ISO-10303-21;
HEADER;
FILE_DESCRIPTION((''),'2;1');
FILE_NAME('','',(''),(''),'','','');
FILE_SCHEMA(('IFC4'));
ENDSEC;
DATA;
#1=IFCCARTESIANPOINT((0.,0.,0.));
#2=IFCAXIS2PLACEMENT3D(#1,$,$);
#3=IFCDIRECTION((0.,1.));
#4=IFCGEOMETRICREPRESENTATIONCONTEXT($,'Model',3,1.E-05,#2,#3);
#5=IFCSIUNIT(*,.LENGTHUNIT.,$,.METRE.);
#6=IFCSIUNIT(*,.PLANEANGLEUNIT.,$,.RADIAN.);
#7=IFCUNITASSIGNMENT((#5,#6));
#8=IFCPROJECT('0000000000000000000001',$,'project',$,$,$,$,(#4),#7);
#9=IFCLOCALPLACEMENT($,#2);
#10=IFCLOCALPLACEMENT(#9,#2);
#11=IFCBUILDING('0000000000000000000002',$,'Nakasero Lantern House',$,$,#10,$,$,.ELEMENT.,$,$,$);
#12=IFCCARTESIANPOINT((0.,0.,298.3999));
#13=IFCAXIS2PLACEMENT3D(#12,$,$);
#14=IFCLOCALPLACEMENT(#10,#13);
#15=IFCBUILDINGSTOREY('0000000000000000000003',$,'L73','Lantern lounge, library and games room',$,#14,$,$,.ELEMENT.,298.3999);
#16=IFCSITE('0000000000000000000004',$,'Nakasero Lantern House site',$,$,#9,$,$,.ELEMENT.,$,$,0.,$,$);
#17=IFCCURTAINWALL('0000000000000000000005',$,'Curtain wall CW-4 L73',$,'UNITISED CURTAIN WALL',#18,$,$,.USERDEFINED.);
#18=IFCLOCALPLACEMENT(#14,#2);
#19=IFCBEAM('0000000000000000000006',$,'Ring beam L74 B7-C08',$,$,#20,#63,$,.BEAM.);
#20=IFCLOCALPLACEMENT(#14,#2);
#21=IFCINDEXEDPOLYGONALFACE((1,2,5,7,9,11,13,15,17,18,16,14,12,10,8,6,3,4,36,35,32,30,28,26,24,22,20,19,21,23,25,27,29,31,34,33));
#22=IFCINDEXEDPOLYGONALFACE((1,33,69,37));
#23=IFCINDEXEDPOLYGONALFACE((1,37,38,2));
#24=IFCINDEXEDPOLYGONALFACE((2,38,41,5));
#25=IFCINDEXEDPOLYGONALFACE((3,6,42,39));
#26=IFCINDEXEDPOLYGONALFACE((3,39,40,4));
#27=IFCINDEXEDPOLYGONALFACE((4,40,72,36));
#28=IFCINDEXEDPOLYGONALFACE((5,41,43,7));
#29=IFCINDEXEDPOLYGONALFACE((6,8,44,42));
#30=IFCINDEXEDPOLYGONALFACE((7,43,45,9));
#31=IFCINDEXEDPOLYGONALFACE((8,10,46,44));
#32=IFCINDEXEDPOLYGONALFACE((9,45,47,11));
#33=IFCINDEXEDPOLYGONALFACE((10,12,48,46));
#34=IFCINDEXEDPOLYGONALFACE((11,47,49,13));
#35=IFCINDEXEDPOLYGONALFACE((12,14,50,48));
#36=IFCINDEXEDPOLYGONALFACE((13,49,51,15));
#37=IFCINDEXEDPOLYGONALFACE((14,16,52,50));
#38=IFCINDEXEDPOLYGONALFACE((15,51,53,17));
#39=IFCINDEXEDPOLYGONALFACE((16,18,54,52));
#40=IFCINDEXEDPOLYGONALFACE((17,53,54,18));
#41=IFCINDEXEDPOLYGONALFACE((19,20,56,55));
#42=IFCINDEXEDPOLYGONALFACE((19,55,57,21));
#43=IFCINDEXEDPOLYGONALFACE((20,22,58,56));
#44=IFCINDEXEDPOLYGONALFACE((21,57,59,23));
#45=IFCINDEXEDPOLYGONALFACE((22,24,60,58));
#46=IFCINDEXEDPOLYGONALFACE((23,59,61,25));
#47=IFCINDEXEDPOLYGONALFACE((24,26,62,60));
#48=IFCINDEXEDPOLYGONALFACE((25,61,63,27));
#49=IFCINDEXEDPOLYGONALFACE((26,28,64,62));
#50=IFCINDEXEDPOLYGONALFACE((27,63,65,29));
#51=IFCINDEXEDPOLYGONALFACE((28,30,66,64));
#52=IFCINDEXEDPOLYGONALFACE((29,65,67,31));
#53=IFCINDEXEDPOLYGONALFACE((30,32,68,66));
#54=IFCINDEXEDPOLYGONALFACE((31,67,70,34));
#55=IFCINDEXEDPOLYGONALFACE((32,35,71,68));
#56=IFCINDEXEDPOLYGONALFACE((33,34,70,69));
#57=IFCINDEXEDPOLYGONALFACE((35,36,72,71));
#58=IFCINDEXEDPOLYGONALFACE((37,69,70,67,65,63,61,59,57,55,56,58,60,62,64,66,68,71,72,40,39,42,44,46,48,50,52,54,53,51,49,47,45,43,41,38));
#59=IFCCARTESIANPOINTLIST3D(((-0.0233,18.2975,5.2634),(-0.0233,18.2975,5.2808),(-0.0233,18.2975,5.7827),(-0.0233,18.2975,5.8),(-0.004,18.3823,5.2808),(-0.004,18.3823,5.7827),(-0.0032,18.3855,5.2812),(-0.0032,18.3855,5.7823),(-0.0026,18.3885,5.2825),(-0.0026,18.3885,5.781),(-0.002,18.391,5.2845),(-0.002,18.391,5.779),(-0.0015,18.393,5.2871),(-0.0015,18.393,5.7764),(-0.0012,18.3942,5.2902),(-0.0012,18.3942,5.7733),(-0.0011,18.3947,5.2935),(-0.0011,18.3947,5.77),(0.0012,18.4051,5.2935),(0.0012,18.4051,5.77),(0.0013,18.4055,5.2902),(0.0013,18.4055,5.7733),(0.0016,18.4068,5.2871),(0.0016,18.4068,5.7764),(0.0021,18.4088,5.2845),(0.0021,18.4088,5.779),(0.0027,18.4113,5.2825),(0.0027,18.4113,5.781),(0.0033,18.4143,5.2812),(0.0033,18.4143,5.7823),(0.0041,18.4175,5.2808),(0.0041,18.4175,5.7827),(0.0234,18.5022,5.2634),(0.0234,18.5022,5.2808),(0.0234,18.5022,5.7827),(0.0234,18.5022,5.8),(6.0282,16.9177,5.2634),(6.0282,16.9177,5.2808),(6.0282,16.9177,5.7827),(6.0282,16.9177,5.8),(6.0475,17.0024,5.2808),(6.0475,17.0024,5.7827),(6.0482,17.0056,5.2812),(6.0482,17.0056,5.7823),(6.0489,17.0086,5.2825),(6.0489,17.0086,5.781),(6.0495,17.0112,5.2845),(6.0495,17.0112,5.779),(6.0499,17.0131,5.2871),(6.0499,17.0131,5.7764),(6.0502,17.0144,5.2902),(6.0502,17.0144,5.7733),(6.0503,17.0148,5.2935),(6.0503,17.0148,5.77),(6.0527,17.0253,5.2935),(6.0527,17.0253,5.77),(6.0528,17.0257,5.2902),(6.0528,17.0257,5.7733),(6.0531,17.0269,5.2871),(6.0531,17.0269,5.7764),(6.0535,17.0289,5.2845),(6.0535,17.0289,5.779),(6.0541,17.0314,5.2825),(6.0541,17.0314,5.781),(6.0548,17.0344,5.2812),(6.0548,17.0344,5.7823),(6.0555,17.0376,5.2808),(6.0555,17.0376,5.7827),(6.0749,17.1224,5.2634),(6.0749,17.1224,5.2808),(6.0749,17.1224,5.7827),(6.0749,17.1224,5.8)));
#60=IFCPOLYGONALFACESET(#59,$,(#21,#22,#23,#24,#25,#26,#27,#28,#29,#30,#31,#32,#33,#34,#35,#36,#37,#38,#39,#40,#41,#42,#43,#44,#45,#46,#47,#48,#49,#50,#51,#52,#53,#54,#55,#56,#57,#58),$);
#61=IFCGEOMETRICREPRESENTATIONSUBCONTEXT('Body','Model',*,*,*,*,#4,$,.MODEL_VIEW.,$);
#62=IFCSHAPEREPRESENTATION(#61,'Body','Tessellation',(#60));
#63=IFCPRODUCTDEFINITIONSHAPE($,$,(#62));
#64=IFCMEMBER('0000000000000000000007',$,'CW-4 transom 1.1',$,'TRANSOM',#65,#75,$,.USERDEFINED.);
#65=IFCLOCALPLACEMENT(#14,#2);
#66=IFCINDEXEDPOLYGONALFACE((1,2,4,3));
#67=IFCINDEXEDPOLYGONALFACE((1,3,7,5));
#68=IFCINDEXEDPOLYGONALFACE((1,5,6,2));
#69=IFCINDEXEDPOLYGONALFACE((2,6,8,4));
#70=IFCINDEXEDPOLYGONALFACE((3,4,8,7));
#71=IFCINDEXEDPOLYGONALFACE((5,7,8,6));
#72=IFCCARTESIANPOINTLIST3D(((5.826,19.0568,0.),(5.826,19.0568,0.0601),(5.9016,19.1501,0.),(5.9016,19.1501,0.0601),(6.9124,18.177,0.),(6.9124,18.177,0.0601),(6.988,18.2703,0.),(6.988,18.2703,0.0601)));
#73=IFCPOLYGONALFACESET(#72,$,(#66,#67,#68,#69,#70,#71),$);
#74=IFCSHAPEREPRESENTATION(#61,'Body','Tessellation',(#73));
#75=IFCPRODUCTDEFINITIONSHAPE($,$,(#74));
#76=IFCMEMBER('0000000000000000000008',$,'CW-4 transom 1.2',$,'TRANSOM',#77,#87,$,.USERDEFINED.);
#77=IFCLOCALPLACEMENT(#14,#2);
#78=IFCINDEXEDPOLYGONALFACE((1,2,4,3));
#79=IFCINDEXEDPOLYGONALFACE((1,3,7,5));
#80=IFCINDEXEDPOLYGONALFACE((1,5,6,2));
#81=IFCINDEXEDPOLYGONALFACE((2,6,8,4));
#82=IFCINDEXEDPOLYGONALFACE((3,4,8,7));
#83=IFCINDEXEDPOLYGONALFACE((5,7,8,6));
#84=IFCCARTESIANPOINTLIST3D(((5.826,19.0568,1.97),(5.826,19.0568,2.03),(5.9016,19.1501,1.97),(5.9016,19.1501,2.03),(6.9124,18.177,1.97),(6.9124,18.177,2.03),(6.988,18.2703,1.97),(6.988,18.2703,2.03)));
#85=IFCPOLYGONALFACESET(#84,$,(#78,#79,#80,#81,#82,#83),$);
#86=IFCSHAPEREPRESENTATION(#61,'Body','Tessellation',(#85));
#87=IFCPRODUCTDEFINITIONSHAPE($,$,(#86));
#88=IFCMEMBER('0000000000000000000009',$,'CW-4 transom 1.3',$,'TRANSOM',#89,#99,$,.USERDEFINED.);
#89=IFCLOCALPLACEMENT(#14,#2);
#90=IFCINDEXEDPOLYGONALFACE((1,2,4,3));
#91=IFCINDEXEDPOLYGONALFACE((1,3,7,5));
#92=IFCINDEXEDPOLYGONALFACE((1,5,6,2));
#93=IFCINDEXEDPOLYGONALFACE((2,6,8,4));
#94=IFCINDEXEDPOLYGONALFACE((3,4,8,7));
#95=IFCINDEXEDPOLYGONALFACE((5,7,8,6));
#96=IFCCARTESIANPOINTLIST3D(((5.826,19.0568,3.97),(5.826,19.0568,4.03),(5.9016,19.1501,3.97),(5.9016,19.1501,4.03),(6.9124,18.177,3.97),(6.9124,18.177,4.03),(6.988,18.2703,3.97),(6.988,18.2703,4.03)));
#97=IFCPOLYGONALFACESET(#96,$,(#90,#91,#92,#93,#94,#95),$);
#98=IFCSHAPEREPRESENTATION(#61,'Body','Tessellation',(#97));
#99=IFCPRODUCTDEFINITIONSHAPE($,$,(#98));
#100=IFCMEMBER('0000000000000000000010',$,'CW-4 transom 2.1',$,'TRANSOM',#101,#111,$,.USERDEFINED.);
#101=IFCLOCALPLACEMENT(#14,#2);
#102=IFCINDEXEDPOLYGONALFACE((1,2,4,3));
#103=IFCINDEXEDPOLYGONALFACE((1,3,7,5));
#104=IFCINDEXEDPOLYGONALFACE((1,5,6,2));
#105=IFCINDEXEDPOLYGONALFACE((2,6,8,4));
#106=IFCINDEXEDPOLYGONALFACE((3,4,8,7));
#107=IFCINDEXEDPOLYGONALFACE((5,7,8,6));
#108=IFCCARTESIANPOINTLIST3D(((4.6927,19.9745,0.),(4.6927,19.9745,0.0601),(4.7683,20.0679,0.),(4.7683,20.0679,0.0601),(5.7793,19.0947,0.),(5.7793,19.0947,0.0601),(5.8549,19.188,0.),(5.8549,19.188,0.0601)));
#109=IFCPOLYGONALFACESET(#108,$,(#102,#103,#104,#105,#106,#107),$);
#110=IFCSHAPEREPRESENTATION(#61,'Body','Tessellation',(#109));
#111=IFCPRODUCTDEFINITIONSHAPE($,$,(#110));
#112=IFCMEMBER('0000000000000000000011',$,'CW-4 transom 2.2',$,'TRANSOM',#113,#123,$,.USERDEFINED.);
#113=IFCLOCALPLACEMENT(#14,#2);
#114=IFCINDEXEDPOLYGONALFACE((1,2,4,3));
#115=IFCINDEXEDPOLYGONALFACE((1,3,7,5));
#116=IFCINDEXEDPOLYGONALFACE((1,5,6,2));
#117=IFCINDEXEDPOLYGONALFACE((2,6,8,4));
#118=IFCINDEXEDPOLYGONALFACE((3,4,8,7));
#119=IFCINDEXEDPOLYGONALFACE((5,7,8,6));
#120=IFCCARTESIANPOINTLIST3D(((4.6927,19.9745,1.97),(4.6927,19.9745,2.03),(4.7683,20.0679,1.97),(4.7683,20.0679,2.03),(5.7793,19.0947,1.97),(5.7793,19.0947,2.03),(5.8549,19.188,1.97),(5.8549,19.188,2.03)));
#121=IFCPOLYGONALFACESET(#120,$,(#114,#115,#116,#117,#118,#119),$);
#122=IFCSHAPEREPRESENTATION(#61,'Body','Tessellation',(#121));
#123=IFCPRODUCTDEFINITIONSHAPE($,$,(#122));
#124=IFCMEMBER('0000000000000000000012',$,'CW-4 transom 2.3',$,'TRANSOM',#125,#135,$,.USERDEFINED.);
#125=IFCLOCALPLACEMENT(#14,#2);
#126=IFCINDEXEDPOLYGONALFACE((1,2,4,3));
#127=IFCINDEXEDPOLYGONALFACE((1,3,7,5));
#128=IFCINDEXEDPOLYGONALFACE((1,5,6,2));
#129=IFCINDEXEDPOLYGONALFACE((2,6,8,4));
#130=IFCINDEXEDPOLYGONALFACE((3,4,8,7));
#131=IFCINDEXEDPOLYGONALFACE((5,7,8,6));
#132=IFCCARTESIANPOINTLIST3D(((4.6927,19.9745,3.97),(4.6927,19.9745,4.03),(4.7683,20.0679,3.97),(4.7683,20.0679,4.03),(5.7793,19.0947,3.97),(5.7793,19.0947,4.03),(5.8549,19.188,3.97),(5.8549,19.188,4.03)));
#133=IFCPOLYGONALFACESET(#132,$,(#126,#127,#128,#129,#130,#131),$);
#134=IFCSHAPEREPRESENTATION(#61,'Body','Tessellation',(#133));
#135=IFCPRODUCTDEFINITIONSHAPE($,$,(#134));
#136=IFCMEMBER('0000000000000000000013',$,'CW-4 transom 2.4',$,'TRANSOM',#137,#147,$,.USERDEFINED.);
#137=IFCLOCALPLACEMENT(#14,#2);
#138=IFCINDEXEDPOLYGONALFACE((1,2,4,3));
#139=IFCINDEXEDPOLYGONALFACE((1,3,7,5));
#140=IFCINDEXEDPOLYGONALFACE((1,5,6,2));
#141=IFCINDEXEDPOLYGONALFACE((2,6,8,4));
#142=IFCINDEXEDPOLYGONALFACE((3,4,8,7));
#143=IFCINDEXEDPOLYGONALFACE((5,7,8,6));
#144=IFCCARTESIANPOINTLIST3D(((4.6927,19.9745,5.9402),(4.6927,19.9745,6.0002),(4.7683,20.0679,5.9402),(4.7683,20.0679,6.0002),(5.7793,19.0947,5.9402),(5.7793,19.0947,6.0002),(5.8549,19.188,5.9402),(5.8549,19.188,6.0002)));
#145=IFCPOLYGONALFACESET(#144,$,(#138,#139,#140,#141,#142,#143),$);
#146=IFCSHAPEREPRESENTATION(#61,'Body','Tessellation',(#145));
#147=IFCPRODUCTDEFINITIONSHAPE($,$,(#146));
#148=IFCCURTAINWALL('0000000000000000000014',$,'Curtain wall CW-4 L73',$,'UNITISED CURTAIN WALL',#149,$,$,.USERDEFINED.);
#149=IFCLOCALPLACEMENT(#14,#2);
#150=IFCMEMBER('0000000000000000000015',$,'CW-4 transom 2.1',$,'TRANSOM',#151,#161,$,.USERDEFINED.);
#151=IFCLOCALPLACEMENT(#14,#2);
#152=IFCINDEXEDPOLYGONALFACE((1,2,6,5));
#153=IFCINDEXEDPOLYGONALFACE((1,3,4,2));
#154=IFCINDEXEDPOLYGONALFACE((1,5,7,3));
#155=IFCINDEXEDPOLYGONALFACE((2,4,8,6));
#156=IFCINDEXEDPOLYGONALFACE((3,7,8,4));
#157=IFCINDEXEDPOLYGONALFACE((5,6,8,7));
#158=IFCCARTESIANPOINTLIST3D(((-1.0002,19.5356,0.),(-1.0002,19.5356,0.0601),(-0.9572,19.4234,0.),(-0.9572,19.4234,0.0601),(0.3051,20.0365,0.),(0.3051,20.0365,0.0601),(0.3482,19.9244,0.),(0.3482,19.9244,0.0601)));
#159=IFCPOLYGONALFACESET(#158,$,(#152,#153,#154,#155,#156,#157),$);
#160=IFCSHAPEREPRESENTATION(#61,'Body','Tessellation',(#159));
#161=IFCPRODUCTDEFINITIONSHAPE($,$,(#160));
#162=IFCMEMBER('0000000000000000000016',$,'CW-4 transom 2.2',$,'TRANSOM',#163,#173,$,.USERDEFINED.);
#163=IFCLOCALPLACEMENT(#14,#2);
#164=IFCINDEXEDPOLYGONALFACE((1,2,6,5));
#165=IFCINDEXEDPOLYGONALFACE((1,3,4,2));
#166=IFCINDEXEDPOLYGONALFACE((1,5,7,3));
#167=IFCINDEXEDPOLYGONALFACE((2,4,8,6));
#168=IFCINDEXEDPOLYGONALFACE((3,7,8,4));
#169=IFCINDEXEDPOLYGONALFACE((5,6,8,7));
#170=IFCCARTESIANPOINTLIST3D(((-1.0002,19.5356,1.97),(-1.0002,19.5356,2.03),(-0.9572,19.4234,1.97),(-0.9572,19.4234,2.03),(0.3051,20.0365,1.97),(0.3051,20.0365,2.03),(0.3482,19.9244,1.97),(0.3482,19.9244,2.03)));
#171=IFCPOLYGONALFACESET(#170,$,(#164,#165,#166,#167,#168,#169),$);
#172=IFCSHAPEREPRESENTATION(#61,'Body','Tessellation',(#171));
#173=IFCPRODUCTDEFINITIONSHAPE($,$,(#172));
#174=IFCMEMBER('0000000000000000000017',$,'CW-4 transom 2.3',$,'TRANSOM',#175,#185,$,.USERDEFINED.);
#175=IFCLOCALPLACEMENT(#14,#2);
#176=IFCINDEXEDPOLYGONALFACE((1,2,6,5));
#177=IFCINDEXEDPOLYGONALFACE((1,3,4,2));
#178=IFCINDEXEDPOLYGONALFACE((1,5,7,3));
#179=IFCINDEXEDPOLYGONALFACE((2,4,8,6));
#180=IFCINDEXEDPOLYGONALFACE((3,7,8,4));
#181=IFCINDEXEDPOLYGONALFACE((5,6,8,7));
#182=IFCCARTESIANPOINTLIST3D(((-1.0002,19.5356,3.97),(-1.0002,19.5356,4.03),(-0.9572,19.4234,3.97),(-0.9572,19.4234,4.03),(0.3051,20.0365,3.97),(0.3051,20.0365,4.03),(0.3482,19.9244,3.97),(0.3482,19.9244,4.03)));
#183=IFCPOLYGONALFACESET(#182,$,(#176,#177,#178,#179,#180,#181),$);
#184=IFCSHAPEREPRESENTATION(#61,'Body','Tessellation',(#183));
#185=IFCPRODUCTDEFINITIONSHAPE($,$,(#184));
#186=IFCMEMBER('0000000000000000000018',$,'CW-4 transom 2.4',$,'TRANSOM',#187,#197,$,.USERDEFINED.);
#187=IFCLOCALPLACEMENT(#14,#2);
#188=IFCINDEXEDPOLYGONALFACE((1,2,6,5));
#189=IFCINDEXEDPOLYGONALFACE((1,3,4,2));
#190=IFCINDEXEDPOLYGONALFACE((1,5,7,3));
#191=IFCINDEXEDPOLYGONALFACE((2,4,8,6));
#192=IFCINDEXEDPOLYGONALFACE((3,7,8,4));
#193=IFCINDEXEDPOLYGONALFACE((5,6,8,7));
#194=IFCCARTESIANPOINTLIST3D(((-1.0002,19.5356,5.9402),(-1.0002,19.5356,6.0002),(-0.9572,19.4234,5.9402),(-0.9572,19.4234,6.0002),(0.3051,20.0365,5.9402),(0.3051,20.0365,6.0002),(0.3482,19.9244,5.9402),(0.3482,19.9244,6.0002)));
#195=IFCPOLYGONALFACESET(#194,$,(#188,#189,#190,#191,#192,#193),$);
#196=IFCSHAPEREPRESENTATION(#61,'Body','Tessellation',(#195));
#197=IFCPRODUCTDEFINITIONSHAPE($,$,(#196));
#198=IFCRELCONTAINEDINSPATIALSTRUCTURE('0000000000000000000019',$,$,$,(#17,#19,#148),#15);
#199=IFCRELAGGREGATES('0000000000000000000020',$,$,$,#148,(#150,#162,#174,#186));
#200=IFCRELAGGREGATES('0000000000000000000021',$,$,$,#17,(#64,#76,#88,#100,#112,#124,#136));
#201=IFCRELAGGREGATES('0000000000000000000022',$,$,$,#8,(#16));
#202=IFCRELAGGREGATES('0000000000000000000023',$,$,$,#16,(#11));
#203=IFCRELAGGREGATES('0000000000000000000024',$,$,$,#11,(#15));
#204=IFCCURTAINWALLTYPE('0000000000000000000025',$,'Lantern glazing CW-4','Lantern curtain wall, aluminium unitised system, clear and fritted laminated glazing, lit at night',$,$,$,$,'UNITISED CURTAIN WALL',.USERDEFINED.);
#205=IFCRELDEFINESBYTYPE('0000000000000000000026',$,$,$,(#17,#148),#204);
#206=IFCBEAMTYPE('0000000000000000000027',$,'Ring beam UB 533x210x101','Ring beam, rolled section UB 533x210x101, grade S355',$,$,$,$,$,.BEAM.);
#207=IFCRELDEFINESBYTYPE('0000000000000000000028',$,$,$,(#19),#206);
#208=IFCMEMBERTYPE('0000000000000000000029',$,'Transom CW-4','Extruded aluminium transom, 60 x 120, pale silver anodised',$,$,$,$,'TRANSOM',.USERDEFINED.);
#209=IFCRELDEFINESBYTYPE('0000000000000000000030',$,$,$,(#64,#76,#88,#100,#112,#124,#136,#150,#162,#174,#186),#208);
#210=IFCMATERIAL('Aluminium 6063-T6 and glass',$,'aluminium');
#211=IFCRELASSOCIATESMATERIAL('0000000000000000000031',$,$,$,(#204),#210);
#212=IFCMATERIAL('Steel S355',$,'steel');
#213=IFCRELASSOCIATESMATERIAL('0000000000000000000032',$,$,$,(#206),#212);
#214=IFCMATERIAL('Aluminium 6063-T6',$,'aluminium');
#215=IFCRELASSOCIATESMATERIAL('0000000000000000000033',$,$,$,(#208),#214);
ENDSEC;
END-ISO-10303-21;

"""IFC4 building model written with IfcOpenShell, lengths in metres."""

from ifc_helpers import new_model, si_unit, direction, frame, origin, origin_2d, place, context, subcontext, project, spatial, rectangle, i_section, extrude, material, material_profile, profile_set, type_object, element, aggregate, save


model = new_model("IFC4")

# Units and contexts
model_context = context("Model", 3, precision=1e-05, world=origin(), true_north=direction((0.0, 1.0)))
body_context = subcontext(model_context, "Body", "Model", "MODEL_VIEW")
ifc_project = project(units=[si_unit("LENGTHUNIT", "METRE"), si_unit("PLANEANGLEUNIT", "RADIAN")], contexts=[model_context])

# Site, building, storey
site_placement = place(None, origin())
site = spatial("IfcSite", under=ifc_project, at=site_placement, Name="Nakasero Lantern House site", CompositionType="ELEMENT", RefElevation=0.0)
building_placement = place(site_placement, origin())
building = spatial("IfcBuilding", under=site, at=building_placement, Name="Nakasero Lantern House", CompositionType="ELEMENT")
storey_placement = place(building_placement, frame((0.0, 0.0, 298.3999)))
storey = spatial("IfcBuildingStorey", under=building, at=storey_placement, Name="L73", Description="Lantern lounge, library and games room", CompositionType="ELEMENT", Elevation=298.3999)

# Curtain wall
ifc_material_1 = material(Name="Aluminium 6063-T6 and glass", Category="aluminium")
curtain_wall_type = type_object("IfcCurtainWallType", Name="Lantern glazing CW-4", Description="Lantern curtain wall, aluminium unitised system, clear and fritted laminated glazing, lit at night", ElementType="UNITISED CURTAIN WALL", PredefinedType="USERDEFINED", material=ifc_material_1)
curtain_wall_1_placement = place(storey_placement, origin())
curtain_wall_1 = element("IfcCurtainWall", 1, at=curtain_wall_1_placement, inside=storey, type_object=curtain_wall_type, Name="Curtain wall CW-4 L73", ObjectType="UNITISED CURTAIN WALL", PredefinedType="USERDEFINED")

# Beam
ifc_material_2 = material(Name="Steel S355", Category="steel")
ifc_material_profile_1 = material_profile(ifc_material_2, i_section(OverallWidth=0.21, OverallDepth=0.5366, WebThickness=0.0107, FlangeThickness=0.0173, FilletRadius=0.0127, at=origin_2d()), Name="UB 533x210x101")
ifc_profile_set_1 = profile_set([ifc_material_profile_1], Name="Steel S355")
beam_type_1 = type_object("IfcBeamType", Name="Ring beam UB 533x210x101", Description="Ring beam, rolled section UB 533x210x101, grade S355", PredefinedType="BEAM", material=ifc_profile_set_1)
beam_1_placement = place(storey_placement, frame((6.0515, 17.02, 5.5317), z_axis=(-0.974975, 0.222316, 0.0), x_axis=(-0.222316, -0.974975, 0.0)))
element("IfcBeam", 2, at=beam_1_placement, inside=storey, type_object=beam_type_1, Name="Ring beam L74 B7-C08", PredefinedType="BEAM", context=body_context, shape_type="SweptSolid", body=[
    extrude(i_section(OverallWidth=0.21, OverallDepth=0.5366, WebThickness=0.0107, FlangeThickness=0.0173, FilletRadius=0.0127, at=origin_2d()), origin(), (0.0, 0.0, 1.0), 6.2068),
])

# Members
ifc_material_3 = material(Name="Aluminium 6063-T6", Category="aluminium")
ifc_material_profile_2 = material_profile(ifc_material_3, rectangle(XDim=0.0601, YDim=0.1201, at=origin_2d()), Name="CW-4 transom 60x120")
ifc_profile_set_2 = profile_set([ifc_material_profile_2], Name="Aluminium 6063-T6")
member_type_1 = type_object("IfcMemberType", Name="Transom CW-4", Description="Extruded aluminium transom, 60 x 120, pale silver anodised", ElementType="TRANSOM", PredefinedType="USERDEFINED", material=ifc_profile_set_2)
member_1_placement = place(storey_placement, frame((6.9502, 18.2236, 0.03), z_axis=(-0.777107, 0.629369, 0.0), x_axis=(0.0, 0.0, 1.0)))
member_1 = element("IfcMember", 3, at=member_1_placement, type_object=member_type_1, Name="CW-4 transom 1.1", ObjectType="TRANSOM", PredefinedType="USERDEFINED", context=body_context, shape_type="SweptSolid", body=[
    extrude(rectangle(XDim=0.0601, YDim=0.1201, at=origin_2d()), origin(), (0.0, 0.0, 1.0), 1.3979),
])
member_2_placement = place(storey_placement, frame((6.9502, 18.2236, 2.0), z_axis=(-0.777107, 0.629369, 0.0), x_axis=(0.0, 0.0, 1.0)))
member_2 = element("IfcMember", 4, at=member_2_placement, type_object=member_type_1, Name="CW-4 transom 1.2", ObjectType="TRANSOM", PredefinedType="USERDEFINED", context=body_context, shape_type="SweptSolid", body=[
    extrude(rectangle(XDim=0.0601, YDim=0.1201, at=origin_2d()), origin(), (0.0, 0.0, 1.0), 1.3979),
])
member_3_placement = place(storey_placement, frame((6.9502, 18.2236, 4.0), z_axis=(-0.777107, 0.629369, 0.0), x_axis=(0.0, 0.0, 1.0)))
member_3 = element("IfcMember", 5, at=member_3_placement, type_object=member_type_1, Name="CW-4 transom 1.3", ObjectType="TRANSOM", PredefinedType="USERDEFINED", context=body_context, shape_type="SweptSolid", body=[
    extrude(rectangle(XDim=0.0601, YDim=0.1201, at=origin_2d()), origin(), (0.0, 0.0, 1.0), 1.3979),
])
member_4_placement = place(storey_placement, frame((5.8171, 19.1414, 0.03), z_axis=(-0.777176, 0.629284, 0.0), x_axis=(0.0, 0.0, 1.0)))
member_4 = element("IfcMember", 6, at=member_4_placement, type_object=member_type_1, Name="CW-4 transom 2.1", ObjectType="TRANSOM", PredefinedType="USERDEFINED", context=body_context, shape_type="SweptSolid", body=[
    extrude(rectangle(XDim=0.0601, YDim=0.1201, at=origin_2d()), origin(), (0.0, 0.0, 1.0), 1.3982),
])
member_5_placement = place(storey_placement, frame((5.8171, 19.1414, 2.0), z_axis=(-0.777176, 0.629284, 0.0), x_axis=(0.0, 0.0, 1.0)))
member_5 = element("IfcMember", 7, at=member_5_placement, type_object=member_type_1, Name="CW-4 transom 2.2", ObjectType="TRANSOM", PredefinedType="USERDEFINED", context=body_context, shape_type="SweptSolid", body=[
    extrude(rectangle(XDim=0.0601, YDim=0.1201, at=origin_2d()), origin(), (0.0, 0.0, 1.0), 1.3982),
])
member_6_placement = place(storey_placement, frame((5.8171, 19.1414, 4.0), z_axis=(-0.777176, 0.629284, 0.0), x_axis=(0.0, 0.0, 1.0)))
member_6 = element("IfcMember", 8, at=member_6_placement, type_object=member_type_1, Name="CW-4 transom 2.3", ObjectType="TRANSOM", PredefinedType="USERDEFINED", context=body_context, shape_type="SweptSolid", body=[
    extrude(rectangle(XDim=0.0601, YDim=0.1201, at=origin_2d()), origin(), (0.0, 0.0, 1.0), 1.3982),
])
member_7_placement = place(storey_placement, frame((5.8171, 19.1414, 5.9702), z_axis=(-0.777176, 0.629284, 0.0), x_axis=(0.0, 0.0, 1.0)))
member_7 = element("IfcMember", 9, at=member_7_placement, type_object=member_type_1, Name="CW-4 transom 2.4", ObjectType="TRANSOM", PredefinedType="USERDEFINED", context=body_context, shape_type="SweptSolid", body=[
    extrude(rectangle(XDim=0.0601, YDim=0.1201, at=origin_2d()), origin(), (0.0, 0.0, 1.0), 1.3982),
])

# Curtain wall, members
curtain_wall_2_placement = place(storey_placement, origin())
curtain_wall_2 = element("IfcCurtainWall", 10, at=curtain_wall_2_placement, inside=storey, type_object=curtain_wall_type, Name="Curtain wall CW-4 L73", ObjectType="UNITISED CURTAIN WALL", PredefinedType="USERDEFINED")
member_8_placement = place(storey_placement, frame((0.3267, 19.9805, 0.03), z_axis=(-0.933611, -0.358289, 0.0), x_axis=(0.0, 0.0, 1.0)))
member_8 = element("IfcMember", 11, at=member_8_placement, type_object=member_type_1, Name="CW-4 transom 2.1", ObjectType="TRANSOM", PredefinedType="USERDEFINED", context=body_context, shape_type="SweptSolid", body=[
    extrude(rectangle(XDim=0.0601, YDim=0.1201, at=origin_2d()), origin(), (0.0, 0.0, 1.0), 1.3982),
])
member_9_placement = place(storey_placement, frame((0.3267, 19.9805, 2.0), z_axis=(-0.933611, -0.358289, 0.0), x_axis=(0.0, 0.0, 1.0)))
member_9 = element("IfcMember", 12, at=member_9_placement, type_object=member_type_1, Name="CW-4 transom 2.2", ObjectType="TRANSOM", PredefinedType="USERDEFINED", context=body_context, shape_type="SweptSolid", body=[
    extrude(rectangle(XDim=0.0601, YDim=0.1201, at=origin_2d()), origin(), (0.0, 0.0, 1.0), 1.3982),
])
member_10_placement = place(storey_placement, frame((0.3267, 19.9805, 4.0), z_axis=(-0.933611, -0.358289, 0.0), x_axis=(0.0, 0.0, 1.0)))
member_10 = element("IfcMember", 13, at=member_10_placement, type_object=member_type_1, Name="CW-4 transom 2.3", ObjectType="TRANSOM", PredefinedType="USERDEFINED", context=body_context, shape_type="SweptSolid", body=[
    extrude(rectangle(XDim=0.0601, YDim=0.1201, at=origin_2d()), origin(), (0.0, 0.0, 1.0), 1.3982),
])
member_11_placement = place(storey_placement, frame((0.3267, 19.9805, 5.9702), z_axis=(-0.933611, -0.358289, 0.0), x_axis=(0.0, 0.0, 1.0)))
member_11 = element("IfcMember", 14, at=member_11_placement, type_object=member_type_1, Name="CW-4 transom 2.4", ObjectType="TRANSOM", PredefinedType="USERDEFINED", context=body_context, shape_type="SweptSolid", body=[
    extrude(rectangle(XDim=0.0601, YDim=0.1201, at=origin_2d()), origin(), (0.0, 0.0, 1.0), 1.3982),
])
aggregate(curtain_wall_2, [member_8, member_9, member_10, member_11])

aggregate(curtain_wall_1, [member_1, member_2, member_3, member_4, member_5, member_6, member_7])

save(model, "model.ifc")
